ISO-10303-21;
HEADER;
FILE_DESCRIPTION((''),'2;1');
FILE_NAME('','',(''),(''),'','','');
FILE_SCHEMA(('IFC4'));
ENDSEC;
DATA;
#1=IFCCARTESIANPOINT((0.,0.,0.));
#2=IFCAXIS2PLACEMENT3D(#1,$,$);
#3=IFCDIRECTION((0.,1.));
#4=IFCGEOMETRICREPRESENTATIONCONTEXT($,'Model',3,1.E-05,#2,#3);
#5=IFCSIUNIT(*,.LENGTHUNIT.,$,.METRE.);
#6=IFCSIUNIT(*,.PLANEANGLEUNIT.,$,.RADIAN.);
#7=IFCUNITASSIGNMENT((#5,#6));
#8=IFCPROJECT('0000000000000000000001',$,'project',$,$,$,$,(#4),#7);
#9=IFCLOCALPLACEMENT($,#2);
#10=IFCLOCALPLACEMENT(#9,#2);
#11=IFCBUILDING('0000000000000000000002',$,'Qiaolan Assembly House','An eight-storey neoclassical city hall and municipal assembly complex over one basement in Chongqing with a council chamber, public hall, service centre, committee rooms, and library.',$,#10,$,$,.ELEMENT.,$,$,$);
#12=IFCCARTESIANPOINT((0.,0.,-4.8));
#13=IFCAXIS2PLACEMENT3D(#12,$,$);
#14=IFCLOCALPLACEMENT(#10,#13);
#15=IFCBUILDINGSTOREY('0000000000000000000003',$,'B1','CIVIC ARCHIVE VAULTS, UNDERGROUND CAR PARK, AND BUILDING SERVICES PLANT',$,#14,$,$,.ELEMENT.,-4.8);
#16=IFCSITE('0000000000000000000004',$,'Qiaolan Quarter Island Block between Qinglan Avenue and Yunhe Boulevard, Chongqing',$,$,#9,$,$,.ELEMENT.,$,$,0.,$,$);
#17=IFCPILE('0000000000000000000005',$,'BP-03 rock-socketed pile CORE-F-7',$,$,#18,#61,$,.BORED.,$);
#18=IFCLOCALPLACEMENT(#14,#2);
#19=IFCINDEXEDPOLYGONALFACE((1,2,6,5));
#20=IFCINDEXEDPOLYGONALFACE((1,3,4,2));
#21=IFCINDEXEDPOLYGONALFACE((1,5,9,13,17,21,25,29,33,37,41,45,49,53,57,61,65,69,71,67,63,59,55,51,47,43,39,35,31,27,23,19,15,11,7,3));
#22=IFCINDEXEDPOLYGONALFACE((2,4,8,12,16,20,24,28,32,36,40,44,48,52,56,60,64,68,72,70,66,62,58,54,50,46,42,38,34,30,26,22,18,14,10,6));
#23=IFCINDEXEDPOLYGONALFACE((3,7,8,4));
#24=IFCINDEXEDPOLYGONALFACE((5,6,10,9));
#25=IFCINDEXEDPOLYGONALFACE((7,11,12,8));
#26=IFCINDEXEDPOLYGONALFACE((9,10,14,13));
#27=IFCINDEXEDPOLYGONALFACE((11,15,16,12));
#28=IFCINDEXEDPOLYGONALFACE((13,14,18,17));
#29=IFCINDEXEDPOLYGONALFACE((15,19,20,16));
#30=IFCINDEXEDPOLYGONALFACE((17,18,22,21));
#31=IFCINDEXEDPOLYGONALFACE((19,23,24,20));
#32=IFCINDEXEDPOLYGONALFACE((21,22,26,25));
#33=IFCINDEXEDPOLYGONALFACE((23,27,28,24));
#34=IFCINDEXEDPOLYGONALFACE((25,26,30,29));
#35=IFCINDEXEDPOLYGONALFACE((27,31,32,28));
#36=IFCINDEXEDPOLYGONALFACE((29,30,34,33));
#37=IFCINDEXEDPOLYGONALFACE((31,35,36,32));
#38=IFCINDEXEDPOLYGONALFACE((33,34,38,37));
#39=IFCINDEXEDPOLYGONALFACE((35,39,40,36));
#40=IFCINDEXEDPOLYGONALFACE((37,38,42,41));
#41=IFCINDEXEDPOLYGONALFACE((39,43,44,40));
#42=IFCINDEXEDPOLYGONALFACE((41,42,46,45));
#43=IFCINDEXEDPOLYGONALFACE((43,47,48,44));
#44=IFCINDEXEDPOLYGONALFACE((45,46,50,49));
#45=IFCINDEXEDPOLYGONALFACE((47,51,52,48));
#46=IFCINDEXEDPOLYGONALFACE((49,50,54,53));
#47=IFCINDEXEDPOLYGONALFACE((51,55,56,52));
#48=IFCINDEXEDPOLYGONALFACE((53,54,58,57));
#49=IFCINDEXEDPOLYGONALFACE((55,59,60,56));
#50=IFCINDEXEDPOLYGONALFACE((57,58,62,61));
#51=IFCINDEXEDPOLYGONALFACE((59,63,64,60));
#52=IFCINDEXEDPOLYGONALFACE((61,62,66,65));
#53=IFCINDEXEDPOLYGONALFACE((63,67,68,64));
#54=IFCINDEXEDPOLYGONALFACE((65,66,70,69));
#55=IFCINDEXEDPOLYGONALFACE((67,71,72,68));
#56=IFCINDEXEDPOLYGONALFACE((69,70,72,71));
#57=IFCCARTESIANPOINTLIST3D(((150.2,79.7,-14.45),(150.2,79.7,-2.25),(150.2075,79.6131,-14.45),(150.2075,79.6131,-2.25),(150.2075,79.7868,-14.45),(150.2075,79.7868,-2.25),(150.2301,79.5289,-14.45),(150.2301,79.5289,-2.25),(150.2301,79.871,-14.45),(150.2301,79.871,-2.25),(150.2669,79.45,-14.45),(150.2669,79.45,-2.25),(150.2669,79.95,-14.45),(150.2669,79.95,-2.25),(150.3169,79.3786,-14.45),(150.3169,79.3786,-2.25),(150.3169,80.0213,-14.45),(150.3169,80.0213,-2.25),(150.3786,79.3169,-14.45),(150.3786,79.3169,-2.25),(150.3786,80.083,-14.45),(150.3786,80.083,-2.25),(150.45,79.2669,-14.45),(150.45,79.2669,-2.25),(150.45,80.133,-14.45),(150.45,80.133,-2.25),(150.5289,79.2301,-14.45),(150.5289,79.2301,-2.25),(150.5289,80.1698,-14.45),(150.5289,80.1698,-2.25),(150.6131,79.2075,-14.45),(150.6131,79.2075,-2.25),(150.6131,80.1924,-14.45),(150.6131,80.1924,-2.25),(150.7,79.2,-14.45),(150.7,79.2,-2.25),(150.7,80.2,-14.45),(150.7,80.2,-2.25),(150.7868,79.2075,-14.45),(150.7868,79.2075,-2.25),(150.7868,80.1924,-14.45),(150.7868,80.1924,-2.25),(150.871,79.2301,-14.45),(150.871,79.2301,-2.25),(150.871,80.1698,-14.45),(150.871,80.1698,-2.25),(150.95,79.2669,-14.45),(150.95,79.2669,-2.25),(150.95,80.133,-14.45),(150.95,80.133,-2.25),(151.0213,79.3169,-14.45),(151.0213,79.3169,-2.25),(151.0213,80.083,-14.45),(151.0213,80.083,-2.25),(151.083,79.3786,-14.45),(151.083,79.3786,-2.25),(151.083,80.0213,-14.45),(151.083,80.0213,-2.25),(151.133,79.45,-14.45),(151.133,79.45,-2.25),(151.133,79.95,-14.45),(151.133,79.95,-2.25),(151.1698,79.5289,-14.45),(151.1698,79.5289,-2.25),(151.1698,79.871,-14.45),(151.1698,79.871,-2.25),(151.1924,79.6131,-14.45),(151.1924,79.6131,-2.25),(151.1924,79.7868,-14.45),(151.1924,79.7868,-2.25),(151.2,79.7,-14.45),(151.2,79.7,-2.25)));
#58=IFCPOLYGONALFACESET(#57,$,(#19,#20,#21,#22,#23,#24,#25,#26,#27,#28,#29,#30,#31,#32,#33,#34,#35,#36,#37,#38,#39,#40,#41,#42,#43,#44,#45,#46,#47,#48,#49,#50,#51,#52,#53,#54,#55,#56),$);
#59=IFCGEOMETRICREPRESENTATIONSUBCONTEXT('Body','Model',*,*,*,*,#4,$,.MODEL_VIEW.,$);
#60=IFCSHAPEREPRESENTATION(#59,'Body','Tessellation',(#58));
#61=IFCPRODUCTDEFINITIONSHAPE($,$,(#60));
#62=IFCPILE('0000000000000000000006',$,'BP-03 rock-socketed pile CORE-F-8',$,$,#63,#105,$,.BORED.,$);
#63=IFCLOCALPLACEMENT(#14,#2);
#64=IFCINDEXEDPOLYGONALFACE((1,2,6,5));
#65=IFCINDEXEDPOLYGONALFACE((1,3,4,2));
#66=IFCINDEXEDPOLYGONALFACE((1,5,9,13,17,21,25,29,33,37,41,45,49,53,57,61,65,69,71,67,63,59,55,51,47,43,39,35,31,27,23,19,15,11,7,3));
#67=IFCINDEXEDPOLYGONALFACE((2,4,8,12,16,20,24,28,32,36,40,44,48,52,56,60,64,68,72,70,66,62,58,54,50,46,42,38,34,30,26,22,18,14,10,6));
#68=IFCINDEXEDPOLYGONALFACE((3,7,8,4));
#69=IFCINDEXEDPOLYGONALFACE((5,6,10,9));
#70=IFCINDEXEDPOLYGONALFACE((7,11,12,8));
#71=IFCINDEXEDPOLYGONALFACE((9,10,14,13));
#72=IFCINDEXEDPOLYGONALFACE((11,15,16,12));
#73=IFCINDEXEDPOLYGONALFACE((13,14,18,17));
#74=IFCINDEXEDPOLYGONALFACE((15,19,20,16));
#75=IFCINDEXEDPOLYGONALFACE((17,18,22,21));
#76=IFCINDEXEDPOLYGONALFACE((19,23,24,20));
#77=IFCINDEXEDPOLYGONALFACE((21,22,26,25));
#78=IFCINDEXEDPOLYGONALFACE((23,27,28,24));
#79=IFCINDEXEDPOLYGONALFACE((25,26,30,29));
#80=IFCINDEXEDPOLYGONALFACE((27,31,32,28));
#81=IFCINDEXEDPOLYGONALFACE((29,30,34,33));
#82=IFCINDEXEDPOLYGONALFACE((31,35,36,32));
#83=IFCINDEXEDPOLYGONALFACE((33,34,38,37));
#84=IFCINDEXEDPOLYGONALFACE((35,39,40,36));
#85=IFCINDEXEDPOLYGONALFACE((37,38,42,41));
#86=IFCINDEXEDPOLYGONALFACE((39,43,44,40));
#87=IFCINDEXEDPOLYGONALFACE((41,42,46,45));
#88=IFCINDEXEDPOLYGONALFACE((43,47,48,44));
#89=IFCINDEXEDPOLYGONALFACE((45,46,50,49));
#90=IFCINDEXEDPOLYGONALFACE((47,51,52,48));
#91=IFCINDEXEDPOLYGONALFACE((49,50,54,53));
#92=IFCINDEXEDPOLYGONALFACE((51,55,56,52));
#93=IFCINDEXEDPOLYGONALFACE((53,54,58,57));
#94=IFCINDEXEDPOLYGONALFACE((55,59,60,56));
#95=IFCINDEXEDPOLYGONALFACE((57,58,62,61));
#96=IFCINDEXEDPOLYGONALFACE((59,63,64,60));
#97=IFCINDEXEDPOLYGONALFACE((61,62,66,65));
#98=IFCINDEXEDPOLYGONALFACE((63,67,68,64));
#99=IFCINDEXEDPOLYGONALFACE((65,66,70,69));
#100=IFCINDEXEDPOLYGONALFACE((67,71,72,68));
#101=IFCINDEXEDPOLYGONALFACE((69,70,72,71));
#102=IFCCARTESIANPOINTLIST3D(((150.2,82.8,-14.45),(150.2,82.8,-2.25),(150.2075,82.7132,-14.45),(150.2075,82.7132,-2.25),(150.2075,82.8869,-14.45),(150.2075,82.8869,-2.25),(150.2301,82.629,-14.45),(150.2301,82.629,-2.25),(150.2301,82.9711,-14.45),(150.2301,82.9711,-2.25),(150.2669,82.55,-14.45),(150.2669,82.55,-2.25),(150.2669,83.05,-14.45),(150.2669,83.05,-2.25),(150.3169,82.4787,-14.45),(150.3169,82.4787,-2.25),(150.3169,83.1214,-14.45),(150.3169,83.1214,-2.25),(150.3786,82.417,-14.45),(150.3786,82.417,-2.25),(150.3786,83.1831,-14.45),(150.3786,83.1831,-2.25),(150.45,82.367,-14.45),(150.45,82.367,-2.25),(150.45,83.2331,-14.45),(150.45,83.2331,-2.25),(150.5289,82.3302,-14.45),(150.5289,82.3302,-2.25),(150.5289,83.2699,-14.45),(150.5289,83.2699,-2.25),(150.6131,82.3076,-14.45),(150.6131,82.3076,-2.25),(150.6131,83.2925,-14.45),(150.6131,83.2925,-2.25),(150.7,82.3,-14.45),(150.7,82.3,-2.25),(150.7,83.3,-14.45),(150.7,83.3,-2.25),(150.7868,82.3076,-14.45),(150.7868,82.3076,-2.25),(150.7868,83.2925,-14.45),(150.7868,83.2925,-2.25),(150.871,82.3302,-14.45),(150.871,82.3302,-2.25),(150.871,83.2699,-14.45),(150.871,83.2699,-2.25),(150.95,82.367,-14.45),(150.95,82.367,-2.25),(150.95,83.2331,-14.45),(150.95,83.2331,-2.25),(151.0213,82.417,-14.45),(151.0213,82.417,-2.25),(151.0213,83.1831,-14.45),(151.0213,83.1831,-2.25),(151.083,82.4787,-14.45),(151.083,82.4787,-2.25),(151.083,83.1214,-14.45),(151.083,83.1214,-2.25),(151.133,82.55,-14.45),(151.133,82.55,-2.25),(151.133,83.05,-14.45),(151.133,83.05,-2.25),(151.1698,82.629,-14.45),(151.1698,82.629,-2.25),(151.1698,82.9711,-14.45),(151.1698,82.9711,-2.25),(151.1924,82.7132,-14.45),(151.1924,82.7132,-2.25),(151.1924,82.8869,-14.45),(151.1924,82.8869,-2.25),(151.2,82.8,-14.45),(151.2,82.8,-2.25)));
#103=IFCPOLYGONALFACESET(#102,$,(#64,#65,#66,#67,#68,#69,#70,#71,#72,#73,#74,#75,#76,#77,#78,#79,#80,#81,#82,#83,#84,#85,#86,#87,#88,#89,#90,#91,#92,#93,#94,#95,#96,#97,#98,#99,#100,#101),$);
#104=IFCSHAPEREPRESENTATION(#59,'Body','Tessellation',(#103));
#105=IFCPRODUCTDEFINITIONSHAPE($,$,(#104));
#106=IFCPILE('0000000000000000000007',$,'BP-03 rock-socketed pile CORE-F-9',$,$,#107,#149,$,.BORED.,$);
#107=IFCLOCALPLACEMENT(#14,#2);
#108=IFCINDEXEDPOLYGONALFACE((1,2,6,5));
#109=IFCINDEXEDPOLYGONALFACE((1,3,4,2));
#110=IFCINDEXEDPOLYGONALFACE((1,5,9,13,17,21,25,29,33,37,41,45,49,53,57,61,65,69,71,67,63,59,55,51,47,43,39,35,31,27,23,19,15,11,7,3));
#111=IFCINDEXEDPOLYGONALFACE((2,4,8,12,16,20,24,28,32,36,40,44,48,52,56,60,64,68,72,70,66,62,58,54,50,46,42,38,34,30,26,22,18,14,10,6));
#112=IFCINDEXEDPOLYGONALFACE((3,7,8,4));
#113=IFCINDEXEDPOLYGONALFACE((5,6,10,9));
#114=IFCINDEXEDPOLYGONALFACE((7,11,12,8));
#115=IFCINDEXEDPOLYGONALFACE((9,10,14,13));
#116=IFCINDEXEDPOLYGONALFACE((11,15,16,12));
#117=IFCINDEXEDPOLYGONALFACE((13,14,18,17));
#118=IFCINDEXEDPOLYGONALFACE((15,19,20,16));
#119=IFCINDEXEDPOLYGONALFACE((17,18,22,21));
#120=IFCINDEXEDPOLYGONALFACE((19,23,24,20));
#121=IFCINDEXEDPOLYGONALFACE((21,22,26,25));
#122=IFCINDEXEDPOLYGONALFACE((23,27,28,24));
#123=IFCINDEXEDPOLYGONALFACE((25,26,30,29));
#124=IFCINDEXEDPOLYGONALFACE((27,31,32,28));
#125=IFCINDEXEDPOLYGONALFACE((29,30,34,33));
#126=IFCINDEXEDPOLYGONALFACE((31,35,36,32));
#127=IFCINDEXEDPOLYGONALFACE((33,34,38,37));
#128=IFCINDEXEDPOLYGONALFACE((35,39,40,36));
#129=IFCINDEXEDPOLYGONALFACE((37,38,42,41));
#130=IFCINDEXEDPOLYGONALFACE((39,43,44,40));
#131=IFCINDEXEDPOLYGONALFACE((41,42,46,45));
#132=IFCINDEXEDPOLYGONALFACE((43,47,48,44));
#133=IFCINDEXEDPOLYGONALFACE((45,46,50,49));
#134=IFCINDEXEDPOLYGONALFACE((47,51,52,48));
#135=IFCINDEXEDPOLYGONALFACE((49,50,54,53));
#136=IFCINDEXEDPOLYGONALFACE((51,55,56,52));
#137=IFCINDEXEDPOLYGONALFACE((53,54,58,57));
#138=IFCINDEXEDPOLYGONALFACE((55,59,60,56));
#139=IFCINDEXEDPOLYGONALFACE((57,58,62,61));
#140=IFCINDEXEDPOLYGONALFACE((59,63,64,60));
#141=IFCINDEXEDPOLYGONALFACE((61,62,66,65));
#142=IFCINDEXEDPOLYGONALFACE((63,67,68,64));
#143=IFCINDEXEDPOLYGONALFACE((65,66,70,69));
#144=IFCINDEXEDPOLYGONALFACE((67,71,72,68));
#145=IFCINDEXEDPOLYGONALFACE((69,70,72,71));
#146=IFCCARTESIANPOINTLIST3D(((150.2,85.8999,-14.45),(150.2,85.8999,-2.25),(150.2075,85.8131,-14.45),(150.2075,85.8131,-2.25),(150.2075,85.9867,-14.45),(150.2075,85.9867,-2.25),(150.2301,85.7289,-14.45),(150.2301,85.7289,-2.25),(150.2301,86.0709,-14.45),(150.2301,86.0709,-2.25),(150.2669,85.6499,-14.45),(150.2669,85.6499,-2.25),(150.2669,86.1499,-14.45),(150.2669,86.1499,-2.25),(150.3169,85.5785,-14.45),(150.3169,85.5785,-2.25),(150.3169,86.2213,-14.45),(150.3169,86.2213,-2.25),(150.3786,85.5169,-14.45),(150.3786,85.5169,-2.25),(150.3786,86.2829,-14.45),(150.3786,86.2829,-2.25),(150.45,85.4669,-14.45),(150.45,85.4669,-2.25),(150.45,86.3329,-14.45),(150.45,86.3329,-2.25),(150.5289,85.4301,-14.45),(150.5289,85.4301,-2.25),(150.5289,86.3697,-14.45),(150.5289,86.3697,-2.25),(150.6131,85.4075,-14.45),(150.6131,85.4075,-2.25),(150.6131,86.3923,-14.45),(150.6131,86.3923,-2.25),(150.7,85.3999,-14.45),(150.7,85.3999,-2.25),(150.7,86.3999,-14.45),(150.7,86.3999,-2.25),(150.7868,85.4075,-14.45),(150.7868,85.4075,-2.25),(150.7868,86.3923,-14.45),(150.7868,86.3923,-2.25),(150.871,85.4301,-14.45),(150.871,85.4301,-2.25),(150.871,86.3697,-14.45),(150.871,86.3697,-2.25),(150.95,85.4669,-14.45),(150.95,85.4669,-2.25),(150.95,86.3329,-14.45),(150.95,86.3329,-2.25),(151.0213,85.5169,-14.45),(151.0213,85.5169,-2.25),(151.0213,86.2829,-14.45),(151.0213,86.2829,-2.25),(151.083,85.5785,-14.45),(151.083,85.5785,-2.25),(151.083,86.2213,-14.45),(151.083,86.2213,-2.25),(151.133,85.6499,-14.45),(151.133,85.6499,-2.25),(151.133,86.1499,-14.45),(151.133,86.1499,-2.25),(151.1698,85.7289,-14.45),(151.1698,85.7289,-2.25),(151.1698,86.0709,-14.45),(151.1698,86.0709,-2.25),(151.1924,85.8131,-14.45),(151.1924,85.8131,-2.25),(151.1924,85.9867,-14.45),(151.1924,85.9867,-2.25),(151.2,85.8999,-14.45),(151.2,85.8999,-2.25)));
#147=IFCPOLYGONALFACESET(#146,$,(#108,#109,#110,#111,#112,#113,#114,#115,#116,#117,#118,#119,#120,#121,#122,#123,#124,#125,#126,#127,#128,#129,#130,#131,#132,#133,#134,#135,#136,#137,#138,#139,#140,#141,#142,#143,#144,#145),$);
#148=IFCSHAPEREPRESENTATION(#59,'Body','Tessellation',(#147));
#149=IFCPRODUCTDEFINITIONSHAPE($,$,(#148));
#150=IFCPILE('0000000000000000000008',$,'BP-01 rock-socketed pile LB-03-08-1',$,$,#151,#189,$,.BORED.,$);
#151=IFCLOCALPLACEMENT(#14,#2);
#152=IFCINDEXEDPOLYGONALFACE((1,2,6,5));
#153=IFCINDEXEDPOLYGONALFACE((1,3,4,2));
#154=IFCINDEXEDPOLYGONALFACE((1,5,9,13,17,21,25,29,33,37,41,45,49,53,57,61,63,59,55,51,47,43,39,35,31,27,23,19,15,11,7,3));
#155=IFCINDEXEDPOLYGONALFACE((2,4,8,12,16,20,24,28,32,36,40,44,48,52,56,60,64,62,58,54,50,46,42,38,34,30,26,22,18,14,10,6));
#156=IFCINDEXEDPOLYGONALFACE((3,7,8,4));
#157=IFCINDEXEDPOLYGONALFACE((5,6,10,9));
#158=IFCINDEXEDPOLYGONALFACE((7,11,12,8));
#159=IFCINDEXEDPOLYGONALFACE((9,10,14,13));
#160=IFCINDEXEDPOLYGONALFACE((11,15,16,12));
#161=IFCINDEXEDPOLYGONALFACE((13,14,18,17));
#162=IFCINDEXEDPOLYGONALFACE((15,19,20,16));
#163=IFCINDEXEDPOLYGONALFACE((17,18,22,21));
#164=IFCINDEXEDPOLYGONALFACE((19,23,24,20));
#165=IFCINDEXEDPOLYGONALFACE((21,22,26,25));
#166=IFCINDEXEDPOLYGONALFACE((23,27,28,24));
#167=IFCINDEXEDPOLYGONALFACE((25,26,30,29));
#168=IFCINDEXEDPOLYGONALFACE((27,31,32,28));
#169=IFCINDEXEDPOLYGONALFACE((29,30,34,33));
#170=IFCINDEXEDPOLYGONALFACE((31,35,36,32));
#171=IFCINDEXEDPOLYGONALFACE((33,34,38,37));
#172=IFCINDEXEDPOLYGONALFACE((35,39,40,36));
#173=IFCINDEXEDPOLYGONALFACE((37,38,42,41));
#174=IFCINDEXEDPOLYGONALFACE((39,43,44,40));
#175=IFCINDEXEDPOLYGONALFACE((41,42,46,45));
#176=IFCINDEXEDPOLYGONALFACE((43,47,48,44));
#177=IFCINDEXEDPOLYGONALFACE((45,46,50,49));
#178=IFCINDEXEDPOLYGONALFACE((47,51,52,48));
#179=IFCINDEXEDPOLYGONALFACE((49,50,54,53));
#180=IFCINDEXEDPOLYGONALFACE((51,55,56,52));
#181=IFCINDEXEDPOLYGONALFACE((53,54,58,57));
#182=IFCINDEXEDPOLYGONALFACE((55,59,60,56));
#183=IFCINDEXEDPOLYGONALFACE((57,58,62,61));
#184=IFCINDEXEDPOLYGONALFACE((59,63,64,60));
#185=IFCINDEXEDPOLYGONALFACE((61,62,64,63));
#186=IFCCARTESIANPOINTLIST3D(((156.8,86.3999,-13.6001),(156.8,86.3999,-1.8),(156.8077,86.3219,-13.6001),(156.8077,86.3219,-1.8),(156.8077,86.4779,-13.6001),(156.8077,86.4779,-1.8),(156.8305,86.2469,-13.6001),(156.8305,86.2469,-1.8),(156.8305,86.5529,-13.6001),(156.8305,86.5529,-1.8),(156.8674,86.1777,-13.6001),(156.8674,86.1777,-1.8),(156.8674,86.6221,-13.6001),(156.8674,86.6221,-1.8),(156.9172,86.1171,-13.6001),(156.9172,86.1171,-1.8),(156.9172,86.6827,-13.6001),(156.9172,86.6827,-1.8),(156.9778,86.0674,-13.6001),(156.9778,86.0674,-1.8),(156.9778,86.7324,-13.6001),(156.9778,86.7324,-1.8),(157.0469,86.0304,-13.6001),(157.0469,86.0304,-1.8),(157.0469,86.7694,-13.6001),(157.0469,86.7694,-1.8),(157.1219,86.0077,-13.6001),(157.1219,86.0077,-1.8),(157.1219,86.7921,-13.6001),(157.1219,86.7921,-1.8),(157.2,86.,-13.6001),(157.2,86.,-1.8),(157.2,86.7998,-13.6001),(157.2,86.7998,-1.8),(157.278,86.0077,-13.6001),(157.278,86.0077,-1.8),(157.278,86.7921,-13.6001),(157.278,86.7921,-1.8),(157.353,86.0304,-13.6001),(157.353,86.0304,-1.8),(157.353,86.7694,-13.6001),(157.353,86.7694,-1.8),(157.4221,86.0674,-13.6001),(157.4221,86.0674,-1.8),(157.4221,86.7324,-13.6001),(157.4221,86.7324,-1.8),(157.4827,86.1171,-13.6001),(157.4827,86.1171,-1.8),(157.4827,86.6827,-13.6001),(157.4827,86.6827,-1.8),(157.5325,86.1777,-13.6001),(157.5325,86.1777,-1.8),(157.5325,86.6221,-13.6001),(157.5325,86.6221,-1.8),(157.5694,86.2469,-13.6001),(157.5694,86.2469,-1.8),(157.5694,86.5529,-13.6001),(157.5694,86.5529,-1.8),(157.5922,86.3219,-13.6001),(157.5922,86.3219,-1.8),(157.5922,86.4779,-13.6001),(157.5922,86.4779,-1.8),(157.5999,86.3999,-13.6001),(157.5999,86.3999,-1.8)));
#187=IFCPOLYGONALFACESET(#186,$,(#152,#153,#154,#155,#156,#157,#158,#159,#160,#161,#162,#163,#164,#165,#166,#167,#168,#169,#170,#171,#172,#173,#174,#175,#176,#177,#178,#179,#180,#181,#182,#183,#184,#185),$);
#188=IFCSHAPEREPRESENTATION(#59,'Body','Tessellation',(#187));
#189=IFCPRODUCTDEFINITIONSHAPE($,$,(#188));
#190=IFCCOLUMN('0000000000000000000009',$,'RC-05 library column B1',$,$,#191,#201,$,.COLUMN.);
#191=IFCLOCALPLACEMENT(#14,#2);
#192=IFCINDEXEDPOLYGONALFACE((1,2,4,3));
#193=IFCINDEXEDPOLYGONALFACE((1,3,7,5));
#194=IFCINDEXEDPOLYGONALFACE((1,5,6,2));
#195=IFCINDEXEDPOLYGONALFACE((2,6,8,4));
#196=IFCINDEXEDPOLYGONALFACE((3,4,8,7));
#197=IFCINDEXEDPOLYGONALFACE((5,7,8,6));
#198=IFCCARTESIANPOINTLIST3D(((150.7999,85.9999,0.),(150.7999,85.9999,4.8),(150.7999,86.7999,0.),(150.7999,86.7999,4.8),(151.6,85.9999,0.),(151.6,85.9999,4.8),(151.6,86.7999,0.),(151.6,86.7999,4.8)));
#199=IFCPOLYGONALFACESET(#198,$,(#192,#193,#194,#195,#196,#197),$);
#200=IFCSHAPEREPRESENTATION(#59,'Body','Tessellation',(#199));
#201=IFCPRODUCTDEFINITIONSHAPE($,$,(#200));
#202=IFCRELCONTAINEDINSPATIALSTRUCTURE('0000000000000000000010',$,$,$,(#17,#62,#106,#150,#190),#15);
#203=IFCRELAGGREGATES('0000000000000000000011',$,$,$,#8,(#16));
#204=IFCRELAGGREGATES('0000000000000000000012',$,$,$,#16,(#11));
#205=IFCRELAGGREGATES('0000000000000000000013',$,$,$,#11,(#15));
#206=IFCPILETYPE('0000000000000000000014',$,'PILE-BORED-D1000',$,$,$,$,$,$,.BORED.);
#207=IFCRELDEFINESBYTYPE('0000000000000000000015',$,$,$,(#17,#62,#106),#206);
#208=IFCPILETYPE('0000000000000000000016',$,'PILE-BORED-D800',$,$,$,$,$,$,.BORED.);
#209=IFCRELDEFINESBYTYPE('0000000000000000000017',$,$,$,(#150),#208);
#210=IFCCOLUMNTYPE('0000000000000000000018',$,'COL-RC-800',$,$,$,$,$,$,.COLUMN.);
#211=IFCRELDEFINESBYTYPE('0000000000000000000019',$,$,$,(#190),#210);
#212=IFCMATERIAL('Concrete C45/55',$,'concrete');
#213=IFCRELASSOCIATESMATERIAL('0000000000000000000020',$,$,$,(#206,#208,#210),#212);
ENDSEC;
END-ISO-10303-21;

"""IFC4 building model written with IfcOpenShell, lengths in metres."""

from ifc_helpers import new_model, si_unit, direction, frame, origin, origin_2d, place, context, subcontext, project, spatial, rectangle, circle, extrude, material, material_profile, profile_set, type_object, element, save


model = new_model("IFC4")

# Units and contexts
model_context = context("Model", 3, precision=1e-05, world=origin(), true_north=direction((0.0, 1.0)))
body_context = subcontext(model_context, "Body", "Model", "MODEL_VIEW")
ifc_project = project(units=[si_unit("LENGTHUNIT", "METRE"), si_unit("PLANEANGLEUNIT", "RADIAN")], contexts=[model_context])

# Site, building, storey
site_placement = place(None, origin())
site = spatial("IfcSite", under=ifc_project, at=site_placement, Name="Qiaolan Quarter Island Block between Qinglan Avenue and Yunhe Boulevard, Chongqing", CompositionType="ELEMENT", RefElevation=0.0)
building_placement = place(site_placement, origin())
building = spatial("IfcBuilding", under=site, at=building_placement, Name="Qiaolan Assembly House", Description="An eight-storey neoclassical city hall and municipal assembly complex over one basement in Chongqing with a council chamber, public hall, service centre, committee rooms, and library.", CompositionType="ELEMENT")
storey_placement = place(building_placement, frame((0.0, 0.0, -4.8)))
storey = spatial("IfcBuildingStorey", under=building, at=storey_placement, Name="B1", Description="CIVIC ARCHIVE VAULTS, UNDERGROUND CAR PARK, AND BUILDING SERVICES PLANT", CompositionType="ELEMENT", Elevation=-4.8)

# Piles
ifc_material_1 = material(Name="Concrete C45/55", Category="concrete")
ifc_material_profile_1 = material_profile(ifc_material_1, circle(Radius=0.5, at=origin_2d()), Name="PILE D1000")
ifc_profile_set_1 = profile_set([ifc_material_profile_1], Name="Concrete C45/55")
pile_type_1 = type_object("IfcPileType", Name="PILE-BORED-D1000", PredefinedType="BORED", material=ifc_profile_set_1)
for number, where, z_axis, x_axis, name in (
    (1, (150.7, 79.7, -2.25), (0.0, 0.0, -1.0), (1.0, 0.0, 0.0), "BP-03 rock-socketed pile CORE-F-7"),
    (2, (150.7, 82.8, -2.25), (0.0, 0.0, -1.0), (1.0, 0.0, 0.0), "BP-03 rock-socketed pile CORE-F-8"),
    (3, (150.7, 85.8999, -2.25), (0.0, 0.0, -1.0), (1.0, 0.0, 0.0), "BP-03 rock-socketed pile CORE-F-9"),
):
    element("IfcPile", number, at=place(storey_placement, frame(where, z_axis=z_axis, x_axis=x_axis)), inside=storey, type_object=pile_type_1, Name=name, PredefinedType="BORED", context=body_context, shape_type="SweptSolid", body=[
        extrude(circle(Radius=0.5, at=origin_2d()), origin(), (0.0, 0.0, 1.0), 12.2),
    ])
ifc_material_profile_2 = material_profile(ifc_material_1, circle(Radius=0.3999, at=origin_2d()), Name="PILE D800")
ifc_profile_set_2 = profile_set([ifc_material_profile_2], Name="Concrete C45/55")
pile_type_2 = type_object("IfcPileType", Name="PILE-BORED-D800", PredefinedType="BORED", material=ifc_profile_set_2)
pile_placement = place(storey_placement, frame((157.2, 86.3999, -1.8), z_axis=(0.0, 0.0, -1.0), x_axis=(1.0, 0.0, 0.0)))
element("IfcPile", 4, at=pile_placement, inside=storey, type_object=pile_type_2, Name="BP-01 rock-socketed pile LB-03-08-1", PredefinedType="BORED", context=body_context, shape_type="SweptSolid", body=[
    extrude(circle(Radius=0.3999, at=origin_2d()), origin(), (0.0, 0.0, 1.0), 11.8),
])

# Column
ifc_material_profile_3 = material_profile(ifc_material_1, rectangle(XDim=0.8, YDim=0.8, at=origin_2d()), Name="RC 800x800")
ifc_profile_set_3 = profile_set([ifc_material_profile_3], Name="Concrete C45/55")
column_type = type_object("IfcColumnType", Name="COL-RC-800", PredefinedType="COLUMN", material=ifc_profile_set_3)
column_placement = place(storey_placement, frame((151.2, 86.3999, 0.0), z_axis=(0.0, 0.0, 1.0), x_axis=(1.0, 0.0, 0.0)))
element("IfcColumn", 5, at=column_placement, inside=storey, type_object=column_type, Name="RC-05 library column B1", PredefinedType="COLUMN", context=body_context, shape_type="SweptSolid", body=[
    extrude(rectangle(XDim=0.8, YDim=0.8, at=origin_2d()), origin(), (0.0, 0.0, 1.0), 4.8),
])

save(model, "model.ifc")
